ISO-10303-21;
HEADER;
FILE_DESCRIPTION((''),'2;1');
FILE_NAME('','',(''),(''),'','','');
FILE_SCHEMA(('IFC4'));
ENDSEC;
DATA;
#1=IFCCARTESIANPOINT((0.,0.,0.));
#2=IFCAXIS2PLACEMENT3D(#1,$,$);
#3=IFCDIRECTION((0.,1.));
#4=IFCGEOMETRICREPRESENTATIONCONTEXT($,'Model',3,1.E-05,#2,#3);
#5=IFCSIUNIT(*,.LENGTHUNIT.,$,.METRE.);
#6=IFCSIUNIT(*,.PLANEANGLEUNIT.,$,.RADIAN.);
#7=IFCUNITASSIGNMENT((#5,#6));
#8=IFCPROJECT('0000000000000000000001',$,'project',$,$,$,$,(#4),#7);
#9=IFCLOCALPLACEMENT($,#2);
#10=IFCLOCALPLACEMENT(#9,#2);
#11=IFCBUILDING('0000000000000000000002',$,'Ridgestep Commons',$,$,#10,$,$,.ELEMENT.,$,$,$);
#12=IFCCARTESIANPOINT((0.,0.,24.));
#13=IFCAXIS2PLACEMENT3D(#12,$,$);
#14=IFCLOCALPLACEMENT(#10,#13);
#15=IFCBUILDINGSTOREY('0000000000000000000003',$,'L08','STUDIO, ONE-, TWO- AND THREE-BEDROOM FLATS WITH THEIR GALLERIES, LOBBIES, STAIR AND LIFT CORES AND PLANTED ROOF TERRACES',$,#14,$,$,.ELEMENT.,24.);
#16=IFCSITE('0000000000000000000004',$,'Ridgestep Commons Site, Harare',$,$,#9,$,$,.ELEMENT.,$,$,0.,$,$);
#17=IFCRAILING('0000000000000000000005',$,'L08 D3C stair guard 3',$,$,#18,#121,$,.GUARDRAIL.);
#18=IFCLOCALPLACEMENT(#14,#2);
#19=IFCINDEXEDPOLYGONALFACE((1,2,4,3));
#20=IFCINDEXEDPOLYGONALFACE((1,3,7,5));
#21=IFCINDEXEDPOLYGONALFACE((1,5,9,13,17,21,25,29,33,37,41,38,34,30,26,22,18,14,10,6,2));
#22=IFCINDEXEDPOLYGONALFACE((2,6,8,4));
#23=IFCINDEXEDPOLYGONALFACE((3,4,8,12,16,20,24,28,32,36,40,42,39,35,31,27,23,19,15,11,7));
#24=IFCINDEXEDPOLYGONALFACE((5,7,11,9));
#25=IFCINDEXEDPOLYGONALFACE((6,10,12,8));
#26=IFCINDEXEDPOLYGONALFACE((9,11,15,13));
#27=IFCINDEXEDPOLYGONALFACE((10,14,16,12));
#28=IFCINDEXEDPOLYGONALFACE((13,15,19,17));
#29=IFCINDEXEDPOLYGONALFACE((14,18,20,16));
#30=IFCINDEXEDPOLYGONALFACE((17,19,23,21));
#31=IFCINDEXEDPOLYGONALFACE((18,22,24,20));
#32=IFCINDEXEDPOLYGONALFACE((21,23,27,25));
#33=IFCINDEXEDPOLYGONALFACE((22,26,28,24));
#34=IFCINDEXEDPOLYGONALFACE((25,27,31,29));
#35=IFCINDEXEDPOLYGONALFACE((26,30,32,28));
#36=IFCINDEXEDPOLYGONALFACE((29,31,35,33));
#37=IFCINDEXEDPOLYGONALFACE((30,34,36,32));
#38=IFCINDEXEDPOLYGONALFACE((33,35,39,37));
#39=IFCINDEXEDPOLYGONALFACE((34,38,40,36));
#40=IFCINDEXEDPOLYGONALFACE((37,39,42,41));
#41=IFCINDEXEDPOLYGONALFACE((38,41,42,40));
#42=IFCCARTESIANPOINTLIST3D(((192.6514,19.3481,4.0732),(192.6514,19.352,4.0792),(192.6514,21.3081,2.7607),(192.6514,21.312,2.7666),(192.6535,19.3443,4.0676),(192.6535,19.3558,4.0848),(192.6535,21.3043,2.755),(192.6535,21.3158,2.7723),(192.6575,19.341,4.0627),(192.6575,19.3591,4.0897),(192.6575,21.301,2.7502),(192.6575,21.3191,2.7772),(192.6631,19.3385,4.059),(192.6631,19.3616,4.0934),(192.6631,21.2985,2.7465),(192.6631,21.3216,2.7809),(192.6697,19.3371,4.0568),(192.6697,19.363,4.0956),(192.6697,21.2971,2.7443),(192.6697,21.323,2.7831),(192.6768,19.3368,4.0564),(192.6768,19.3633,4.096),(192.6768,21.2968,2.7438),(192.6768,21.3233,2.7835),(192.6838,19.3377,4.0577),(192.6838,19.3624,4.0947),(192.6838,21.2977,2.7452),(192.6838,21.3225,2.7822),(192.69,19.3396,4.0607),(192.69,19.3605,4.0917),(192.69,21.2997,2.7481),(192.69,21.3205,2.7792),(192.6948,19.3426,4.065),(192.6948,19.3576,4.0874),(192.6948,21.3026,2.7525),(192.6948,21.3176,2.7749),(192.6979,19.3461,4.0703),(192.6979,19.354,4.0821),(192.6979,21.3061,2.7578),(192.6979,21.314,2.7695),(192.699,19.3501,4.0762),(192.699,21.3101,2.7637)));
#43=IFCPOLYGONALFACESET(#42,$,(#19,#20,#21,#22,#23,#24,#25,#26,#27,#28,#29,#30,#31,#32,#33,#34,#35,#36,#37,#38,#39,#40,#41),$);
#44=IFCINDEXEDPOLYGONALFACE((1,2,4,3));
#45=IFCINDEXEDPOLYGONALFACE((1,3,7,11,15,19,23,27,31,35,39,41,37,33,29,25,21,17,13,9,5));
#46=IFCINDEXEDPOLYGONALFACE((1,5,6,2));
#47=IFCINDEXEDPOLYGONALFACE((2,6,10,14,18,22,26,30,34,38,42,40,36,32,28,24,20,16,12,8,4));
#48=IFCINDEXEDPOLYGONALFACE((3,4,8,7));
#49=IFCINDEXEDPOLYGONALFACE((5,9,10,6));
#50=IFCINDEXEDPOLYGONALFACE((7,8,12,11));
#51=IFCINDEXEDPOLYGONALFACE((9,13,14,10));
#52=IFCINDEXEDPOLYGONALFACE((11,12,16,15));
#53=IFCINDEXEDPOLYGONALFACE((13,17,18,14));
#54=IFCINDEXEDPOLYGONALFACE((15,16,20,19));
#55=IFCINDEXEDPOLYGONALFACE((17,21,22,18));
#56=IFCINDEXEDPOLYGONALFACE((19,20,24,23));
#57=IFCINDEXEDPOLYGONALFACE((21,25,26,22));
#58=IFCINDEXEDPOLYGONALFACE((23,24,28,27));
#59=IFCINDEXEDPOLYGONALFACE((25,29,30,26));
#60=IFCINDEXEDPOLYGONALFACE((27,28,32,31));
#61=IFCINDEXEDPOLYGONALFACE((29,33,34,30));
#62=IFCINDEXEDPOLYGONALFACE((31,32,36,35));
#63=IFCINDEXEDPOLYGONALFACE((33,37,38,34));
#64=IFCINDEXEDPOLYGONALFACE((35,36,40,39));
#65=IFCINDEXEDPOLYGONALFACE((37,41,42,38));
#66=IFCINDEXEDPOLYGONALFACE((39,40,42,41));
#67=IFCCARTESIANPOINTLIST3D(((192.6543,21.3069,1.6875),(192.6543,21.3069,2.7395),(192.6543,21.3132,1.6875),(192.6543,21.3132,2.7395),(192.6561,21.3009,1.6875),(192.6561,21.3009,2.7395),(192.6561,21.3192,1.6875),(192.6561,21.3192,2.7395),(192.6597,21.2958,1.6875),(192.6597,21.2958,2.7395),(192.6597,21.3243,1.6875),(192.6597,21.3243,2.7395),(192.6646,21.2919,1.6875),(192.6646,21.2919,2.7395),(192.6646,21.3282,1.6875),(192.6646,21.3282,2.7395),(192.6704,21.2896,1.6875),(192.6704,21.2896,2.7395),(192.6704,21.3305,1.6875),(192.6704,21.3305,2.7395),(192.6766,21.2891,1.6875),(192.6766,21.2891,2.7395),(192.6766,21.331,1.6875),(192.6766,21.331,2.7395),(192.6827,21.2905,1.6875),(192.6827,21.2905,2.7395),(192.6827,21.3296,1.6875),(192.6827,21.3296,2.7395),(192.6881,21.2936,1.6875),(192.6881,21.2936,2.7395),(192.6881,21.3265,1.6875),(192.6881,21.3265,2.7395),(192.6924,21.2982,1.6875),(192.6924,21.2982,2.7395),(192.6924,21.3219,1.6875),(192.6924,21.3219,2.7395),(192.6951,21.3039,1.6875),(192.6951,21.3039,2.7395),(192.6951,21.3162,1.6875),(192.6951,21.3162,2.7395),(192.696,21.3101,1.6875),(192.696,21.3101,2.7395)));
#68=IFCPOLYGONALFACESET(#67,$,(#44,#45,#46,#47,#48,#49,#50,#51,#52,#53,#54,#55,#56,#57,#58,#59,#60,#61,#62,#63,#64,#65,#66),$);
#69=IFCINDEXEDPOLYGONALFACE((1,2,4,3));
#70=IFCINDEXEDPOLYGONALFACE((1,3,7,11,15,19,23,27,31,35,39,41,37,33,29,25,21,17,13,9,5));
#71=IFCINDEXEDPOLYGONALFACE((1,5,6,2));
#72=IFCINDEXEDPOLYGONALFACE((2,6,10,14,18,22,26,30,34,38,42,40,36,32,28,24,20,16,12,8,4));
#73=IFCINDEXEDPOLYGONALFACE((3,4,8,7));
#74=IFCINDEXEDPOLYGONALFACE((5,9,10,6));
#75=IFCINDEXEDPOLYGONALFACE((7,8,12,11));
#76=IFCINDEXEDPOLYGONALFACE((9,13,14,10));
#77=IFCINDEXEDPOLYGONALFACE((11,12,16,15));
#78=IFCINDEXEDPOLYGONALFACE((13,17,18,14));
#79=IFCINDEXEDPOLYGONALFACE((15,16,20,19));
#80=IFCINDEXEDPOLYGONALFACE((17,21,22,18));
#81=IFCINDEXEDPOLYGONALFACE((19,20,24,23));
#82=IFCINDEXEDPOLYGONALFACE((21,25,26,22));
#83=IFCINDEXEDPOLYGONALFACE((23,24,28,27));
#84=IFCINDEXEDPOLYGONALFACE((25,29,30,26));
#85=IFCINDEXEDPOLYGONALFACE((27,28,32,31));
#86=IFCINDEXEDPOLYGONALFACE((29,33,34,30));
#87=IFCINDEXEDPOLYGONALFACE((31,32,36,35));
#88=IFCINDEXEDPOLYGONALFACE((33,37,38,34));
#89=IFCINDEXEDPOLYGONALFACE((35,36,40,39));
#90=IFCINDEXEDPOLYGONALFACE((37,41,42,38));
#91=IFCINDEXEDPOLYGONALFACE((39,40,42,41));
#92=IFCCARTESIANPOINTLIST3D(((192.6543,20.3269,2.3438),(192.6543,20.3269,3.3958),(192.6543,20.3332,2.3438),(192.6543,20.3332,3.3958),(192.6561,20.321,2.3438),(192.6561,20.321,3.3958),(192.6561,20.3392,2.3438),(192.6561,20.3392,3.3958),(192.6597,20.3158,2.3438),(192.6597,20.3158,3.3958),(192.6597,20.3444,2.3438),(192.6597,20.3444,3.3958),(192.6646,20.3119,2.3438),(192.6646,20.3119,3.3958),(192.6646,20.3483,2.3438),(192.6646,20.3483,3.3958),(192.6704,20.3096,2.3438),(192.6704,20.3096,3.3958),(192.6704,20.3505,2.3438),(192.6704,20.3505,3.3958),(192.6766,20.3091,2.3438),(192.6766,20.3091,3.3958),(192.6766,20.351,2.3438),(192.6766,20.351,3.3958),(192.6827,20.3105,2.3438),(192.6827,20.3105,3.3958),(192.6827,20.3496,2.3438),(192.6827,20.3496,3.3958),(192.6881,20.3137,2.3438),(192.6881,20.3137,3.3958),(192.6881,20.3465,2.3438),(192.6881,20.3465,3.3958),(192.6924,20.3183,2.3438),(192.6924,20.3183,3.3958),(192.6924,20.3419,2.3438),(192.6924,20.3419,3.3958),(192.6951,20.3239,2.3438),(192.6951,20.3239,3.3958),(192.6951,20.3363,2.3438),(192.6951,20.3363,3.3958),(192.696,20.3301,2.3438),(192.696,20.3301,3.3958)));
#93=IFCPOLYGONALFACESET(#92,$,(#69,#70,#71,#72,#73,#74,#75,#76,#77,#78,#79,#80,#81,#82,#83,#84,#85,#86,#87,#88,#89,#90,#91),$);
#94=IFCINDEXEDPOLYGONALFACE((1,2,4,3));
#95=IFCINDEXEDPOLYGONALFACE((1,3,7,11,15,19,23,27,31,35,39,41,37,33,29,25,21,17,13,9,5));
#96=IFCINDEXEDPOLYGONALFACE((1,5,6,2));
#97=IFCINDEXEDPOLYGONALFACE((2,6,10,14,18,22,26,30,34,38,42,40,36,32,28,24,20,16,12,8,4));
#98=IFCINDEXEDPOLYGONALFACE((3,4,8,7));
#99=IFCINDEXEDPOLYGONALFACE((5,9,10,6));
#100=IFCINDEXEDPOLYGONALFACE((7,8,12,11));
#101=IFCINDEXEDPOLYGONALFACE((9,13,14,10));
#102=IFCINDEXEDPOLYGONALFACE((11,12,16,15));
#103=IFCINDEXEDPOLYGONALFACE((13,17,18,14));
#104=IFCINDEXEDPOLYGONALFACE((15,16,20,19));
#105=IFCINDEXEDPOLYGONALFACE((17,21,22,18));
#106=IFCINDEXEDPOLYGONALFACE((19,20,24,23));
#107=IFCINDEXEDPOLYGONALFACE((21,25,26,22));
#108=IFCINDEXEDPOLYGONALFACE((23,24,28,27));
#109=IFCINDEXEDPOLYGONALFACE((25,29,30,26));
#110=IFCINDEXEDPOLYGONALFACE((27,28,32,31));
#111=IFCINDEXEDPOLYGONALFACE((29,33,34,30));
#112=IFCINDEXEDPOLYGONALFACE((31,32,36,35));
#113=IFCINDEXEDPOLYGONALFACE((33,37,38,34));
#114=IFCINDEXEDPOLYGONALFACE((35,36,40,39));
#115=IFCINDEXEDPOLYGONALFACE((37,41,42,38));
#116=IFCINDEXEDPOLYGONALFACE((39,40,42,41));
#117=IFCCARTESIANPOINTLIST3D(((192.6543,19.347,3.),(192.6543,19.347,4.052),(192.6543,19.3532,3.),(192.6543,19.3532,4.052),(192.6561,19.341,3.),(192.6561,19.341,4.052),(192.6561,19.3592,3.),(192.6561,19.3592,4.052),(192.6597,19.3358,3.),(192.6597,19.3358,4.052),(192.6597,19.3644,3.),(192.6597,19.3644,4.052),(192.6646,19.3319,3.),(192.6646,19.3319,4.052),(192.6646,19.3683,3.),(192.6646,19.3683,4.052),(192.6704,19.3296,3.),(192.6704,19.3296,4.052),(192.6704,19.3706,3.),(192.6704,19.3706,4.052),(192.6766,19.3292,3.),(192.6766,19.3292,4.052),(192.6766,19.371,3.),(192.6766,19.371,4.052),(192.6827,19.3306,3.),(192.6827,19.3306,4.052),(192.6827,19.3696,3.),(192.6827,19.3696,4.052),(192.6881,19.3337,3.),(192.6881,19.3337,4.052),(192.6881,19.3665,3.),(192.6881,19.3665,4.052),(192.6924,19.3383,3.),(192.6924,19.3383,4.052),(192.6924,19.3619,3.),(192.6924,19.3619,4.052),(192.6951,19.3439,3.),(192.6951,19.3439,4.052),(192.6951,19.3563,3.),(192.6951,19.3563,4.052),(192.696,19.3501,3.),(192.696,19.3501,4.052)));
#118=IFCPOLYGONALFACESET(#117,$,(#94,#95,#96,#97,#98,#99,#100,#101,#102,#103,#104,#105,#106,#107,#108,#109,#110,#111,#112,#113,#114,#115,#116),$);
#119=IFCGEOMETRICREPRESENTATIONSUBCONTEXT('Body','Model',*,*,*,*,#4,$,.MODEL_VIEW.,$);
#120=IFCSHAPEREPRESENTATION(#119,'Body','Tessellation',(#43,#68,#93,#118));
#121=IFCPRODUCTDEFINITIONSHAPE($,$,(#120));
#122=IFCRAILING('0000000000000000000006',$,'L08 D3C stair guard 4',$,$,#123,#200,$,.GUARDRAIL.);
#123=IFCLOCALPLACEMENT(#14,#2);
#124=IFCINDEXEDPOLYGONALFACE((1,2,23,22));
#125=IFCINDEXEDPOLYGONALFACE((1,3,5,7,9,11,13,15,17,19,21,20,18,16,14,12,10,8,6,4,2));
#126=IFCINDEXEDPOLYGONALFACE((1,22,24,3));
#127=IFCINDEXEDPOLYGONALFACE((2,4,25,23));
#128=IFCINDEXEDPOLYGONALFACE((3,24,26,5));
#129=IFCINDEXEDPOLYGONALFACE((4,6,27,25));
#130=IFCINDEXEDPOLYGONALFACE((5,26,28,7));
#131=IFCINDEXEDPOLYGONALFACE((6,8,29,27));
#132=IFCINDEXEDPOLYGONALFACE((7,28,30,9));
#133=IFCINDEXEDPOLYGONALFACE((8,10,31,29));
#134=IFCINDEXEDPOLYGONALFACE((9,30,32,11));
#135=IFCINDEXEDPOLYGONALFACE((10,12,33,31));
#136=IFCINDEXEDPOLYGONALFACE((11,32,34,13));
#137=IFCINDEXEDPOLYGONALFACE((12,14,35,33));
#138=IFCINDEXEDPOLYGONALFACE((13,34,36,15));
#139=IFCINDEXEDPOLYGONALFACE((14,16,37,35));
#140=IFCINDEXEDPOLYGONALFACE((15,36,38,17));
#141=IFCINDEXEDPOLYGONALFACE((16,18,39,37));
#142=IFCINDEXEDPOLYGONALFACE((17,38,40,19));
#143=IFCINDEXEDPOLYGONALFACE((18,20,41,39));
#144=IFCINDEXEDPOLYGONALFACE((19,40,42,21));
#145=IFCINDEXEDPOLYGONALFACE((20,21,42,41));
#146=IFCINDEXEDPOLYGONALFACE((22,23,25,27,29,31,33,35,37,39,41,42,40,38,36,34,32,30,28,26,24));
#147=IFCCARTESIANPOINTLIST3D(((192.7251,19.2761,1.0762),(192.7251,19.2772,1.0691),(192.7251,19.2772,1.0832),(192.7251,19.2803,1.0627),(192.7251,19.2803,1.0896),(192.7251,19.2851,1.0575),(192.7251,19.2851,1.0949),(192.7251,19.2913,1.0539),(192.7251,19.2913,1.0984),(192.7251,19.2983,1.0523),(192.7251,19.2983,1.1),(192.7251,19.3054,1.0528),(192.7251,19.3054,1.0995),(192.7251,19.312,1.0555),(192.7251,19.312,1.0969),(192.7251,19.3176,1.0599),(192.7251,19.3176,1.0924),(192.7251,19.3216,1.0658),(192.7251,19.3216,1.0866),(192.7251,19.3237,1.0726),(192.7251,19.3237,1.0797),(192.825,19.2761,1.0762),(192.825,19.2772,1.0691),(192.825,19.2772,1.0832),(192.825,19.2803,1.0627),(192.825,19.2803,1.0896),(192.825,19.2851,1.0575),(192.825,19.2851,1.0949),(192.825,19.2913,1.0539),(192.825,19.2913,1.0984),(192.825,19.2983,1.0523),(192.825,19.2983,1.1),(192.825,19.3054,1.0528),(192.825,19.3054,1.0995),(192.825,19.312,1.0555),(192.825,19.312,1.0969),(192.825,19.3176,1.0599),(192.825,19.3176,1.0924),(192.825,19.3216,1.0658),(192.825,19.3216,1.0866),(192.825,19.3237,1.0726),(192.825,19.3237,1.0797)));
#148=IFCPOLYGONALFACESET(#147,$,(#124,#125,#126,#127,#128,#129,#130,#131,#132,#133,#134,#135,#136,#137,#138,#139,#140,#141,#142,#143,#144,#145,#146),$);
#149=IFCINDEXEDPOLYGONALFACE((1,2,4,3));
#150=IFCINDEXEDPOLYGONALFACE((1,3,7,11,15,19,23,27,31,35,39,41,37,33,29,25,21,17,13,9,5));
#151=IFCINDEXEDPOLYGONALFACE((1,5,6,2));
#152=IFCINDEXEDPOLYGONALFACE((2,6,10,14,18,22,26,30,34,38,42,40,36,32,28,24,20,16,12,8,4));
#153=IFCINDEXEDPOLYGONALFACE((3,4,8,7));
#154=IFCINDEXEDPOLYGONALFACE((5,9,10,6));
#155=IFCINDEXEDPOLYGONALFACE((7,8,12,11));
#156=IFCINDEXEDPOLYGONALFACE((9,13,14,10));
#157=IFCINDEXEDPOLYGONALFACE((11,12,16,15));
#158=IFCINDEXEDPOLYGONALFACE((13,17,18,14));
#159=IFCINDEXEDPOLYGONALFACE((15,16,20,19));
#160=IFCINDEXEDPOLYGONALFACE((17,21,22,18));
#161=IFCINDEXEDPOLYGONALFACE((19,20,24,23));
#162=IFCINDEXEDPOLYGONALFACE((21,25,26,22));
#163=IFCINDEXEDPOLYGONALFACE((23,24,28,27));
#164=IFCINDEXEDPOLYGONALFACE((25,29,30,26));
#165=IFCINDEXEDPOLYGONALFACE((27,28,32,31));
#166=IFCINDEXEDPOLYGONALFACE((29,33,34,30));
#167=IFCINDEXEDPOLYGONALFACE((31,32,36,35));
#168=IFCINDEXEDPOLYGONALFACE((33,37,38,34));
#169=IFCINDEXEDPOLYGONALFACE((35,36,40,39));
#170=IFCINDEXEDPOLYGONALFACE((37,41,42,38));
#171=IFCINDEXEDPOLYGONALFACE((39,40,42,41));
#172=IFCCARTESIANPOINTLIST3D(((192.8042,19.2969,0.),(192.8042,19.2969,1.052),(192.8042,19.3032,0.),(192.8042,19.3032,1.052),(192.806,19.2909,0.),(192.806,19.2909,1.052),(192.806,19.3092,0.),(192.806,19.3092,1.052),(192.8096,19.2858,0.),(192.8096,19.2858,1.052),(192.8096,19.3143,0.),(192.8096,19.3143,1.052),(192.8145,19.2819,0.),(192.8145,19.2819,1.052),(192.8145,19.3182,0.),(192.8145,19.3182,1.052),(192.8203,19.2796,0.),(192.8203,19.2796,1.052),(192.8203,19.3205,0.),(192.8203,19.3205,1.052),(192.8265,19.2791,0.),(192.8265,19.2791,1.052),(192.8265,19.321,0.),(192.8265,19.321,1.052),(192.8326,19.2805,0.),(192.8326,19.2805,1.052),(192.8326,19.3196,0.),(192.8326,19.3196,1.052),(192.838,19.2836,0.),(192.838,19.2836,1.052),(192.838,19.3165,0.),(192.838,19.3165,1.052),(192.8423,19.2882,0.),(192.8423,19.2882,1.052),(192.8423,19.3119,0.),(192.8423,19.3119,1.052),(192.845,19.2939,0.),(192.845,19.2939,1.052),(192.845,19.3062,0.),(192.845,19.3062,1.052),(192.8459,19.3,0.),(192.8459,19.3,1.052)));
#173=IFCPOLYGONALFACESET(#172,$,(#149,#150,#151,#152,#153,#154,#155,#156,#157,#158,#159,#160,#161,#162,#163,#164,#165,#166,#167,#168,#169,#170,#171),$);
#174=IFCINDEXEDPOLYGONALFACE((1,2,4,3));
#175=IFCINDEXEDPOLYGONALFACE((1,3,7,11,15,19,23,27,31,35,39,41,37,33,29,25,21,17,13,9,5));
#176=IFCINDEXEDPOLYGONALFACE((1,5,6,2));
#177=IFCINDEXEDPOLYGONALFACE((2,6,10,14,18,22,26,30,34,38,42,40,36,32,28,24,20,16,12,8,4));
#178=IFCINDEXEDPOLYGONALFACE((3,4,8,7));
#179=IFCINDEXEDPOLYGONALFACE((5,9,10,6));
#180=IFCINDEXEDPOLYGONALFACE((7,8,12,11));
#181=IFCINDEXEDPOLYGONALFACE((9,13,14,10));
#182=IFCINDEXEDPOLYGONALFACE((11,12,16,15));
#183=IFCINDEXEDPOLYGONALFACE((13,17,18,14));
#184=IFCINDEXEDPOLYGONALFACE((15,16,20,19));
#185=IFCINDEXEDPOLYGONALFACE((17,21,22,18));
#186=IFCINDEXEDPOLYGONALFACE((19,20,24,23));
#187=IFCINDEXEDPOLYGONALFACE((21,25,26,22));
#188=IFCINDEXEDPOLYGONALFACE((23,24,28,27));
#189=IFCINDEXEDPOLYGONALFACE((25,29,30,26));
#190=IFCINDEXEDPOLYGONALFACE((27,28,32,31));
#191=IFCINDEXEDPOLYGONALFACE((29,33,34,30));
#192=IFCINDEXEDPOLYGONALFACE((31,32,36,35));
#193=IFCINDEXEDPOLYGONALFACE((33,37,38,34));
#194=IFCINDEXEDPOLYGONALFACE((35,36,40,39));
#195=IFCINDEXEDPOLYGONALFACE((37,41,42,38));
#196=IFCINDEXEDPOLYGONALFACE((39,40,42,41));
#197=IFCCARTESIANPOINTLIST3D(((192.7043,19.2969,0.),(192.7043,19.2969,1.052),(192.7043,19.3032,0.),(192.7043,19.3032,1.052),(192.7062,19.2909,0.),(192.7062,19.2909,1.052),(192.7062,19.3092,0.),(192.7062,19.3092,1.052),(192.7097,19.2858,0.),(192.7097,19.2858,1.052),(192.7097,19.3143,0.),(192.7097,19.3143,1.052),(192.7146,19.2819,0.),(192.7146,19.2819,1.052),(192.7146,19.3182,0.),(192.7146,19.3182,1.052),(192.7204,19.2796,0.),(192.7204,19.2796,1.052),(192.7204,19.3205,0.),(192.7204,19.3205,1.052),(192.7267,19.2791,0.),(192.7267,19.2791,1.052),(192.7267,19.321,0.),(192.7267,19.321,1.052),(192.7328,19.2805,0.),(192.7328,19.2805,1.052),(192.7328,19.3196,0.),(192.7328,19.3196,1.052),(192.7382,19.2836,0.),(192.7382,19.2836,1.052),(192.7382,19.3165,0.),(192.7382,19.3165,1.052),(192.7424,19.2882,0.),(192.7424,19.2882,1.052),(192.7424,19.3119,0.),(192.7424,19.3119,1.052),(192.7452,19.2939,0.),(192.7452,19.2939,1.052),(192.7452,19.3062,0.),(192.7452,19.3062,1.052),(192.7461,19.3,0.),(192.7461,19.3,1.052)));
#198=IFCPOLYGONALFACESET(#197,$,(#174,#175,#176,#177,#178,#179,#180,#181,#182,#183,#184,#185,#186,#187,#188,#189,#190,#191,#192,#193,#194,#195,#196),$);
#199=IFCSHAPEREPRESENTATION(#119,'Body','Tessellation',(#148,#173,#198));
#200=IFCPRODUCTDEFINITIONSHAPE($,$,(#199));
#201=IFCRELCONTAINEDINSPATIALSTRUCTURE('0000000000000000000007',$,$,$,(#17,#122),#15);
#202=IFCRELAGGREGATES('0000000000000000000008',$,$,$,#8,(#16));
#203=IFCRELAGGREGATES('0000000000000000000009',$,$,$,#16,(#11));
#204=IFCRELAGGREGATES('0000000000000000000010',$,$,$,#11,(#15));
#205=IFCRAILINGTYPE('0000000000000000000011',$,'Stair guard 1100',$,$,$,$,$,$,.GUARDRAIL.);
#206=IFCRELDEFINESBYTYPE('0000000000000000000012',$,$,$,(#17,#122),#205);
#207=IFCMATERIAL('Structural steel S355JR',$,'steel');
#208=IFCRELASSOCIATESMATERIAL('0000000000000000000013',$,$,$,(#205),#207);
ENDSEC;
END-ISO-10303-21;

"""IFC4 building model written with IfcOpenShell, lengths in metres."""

from ifc_helpers import new_model, si_unit, direction, frame, origin, origin_2d, place, context, subcontext, project, spatial, circle, extrude, material, type_object, element, save


model = new_model("IFC4")

# Units and contexts
model_context = context("Model", 3, precision=1e-05, world=origin(), true_north=direction((0.0, 1.0)))
body_context = subcontext(model_context, "Body", "Model", "MODEL_VIEW")
ifc_project = project(units=[si_unit("LENGTHUNIT", "METRE"), si_unit("PLANEANGLEUNIT", "RADIAN")], contexts=[model_context])

# Site, building, storey
site_placement = place(None, origin())
site = spatial("IfcSite", under=ifc_project, at=site_placement, Name="Ridgestep Commons Site, Harare", CompositionType="ELEMENT", RefElevation=0.0)
building_placement = place(site_placement, origin())
building = spatial("IfcBuilding", under=site, at=building_placement, Name="Ridgestep Commons", CompositionType="ELEMENT")
storey_placement = place(building_placement, frame((0.0, 0.0, 24.0)))
storey = spatial("IfcBuildingStorey", under=building, at=storey_placement, Name="L08", Description="STUDIO, ONE-, TWO- AND THREE-BEDROOM FLATS WITH THEIR GALLERIES, LOBBIES, STAIR AND LIFT CORES AND PLANTED ROOF TERRACES", CompositionType="ELEMENT", Elevation=24.0)

# Railings
ifc_material_1 = material(Name="Structural steel S355JR", Category="steel")
railing_type_1 = type_object("IfcRailingType", Name="Stair guard 1100", PredefinedType="GUARDRAIL", material=ifc_material_1)
railing_1_placement = place(storey_placement, frame((192.675, 21.3101, 1.6875)))
element("IfcRailing", 1, at=railing_1_placement, inside=storey, type_object=railing_type_1, Name="L08 D3C stair guard 3", PredefinedType="GUARDRAIL", context=body_context, shape_type="SweptSolid", body=[
    extrude(circle(Radius=0.0239, at=origin_2d()), frame((0.0, 0.0, 1.0762), z_axis=(0.0, -0.830902, 0.556419), x_axis=(1.0, 0.0, 0.0)), (0.0, 0.0, 1.0), 2.3589),
    extrude(circle(Radius=0.021, at=origin_2d()), origin(), (0.0, 0.0, 1.0), 1.052),
    extrude(circle(Radius=0.021, at=origin_2d()), frame((0.0, -0.98, 0.6562)), (0.0, 0.0, 1.0), 1.052),
    extrude(circle(Radius=0.021, at=origin_2d()), frame((0.0, -1.96, 1.3125)), (0.0, 0.0, 1.0), 1.052),
])
railing_2_placement = place(storey_placement, frame((192.825, 19.3, 0.0)))
element("IfcRailing", 2, at=railing_2_placement, inside=storey, type_object=railing_type_1, Name="L08 D3C stair guard 4", PredefinedType="GUARDRAIL", context=body_context, shape_type="SweptSolid", body=[
    extrude(circle(Radius=0.0239, at=origin_2d()), frame((0.0, 0.0, 1.0762), z_axis=(-1.0, 0.0, 0.0), x_axis=(0.0, -1.0, 0.0)), (0.0, 0.0, 1.0), 0.0999),
    extrude(circle(Radius=0.021, at=origin_2d()), origin(), (0.0, 0.0, 1.0), 1.052),
    extrude(circle(Radius=0.021, at=origin_2d()), frame((-0.0999, 0.0, 0.0)), (0.0, 0.0, 1.0), 1.052),
])

save(model, "model.ifc")
